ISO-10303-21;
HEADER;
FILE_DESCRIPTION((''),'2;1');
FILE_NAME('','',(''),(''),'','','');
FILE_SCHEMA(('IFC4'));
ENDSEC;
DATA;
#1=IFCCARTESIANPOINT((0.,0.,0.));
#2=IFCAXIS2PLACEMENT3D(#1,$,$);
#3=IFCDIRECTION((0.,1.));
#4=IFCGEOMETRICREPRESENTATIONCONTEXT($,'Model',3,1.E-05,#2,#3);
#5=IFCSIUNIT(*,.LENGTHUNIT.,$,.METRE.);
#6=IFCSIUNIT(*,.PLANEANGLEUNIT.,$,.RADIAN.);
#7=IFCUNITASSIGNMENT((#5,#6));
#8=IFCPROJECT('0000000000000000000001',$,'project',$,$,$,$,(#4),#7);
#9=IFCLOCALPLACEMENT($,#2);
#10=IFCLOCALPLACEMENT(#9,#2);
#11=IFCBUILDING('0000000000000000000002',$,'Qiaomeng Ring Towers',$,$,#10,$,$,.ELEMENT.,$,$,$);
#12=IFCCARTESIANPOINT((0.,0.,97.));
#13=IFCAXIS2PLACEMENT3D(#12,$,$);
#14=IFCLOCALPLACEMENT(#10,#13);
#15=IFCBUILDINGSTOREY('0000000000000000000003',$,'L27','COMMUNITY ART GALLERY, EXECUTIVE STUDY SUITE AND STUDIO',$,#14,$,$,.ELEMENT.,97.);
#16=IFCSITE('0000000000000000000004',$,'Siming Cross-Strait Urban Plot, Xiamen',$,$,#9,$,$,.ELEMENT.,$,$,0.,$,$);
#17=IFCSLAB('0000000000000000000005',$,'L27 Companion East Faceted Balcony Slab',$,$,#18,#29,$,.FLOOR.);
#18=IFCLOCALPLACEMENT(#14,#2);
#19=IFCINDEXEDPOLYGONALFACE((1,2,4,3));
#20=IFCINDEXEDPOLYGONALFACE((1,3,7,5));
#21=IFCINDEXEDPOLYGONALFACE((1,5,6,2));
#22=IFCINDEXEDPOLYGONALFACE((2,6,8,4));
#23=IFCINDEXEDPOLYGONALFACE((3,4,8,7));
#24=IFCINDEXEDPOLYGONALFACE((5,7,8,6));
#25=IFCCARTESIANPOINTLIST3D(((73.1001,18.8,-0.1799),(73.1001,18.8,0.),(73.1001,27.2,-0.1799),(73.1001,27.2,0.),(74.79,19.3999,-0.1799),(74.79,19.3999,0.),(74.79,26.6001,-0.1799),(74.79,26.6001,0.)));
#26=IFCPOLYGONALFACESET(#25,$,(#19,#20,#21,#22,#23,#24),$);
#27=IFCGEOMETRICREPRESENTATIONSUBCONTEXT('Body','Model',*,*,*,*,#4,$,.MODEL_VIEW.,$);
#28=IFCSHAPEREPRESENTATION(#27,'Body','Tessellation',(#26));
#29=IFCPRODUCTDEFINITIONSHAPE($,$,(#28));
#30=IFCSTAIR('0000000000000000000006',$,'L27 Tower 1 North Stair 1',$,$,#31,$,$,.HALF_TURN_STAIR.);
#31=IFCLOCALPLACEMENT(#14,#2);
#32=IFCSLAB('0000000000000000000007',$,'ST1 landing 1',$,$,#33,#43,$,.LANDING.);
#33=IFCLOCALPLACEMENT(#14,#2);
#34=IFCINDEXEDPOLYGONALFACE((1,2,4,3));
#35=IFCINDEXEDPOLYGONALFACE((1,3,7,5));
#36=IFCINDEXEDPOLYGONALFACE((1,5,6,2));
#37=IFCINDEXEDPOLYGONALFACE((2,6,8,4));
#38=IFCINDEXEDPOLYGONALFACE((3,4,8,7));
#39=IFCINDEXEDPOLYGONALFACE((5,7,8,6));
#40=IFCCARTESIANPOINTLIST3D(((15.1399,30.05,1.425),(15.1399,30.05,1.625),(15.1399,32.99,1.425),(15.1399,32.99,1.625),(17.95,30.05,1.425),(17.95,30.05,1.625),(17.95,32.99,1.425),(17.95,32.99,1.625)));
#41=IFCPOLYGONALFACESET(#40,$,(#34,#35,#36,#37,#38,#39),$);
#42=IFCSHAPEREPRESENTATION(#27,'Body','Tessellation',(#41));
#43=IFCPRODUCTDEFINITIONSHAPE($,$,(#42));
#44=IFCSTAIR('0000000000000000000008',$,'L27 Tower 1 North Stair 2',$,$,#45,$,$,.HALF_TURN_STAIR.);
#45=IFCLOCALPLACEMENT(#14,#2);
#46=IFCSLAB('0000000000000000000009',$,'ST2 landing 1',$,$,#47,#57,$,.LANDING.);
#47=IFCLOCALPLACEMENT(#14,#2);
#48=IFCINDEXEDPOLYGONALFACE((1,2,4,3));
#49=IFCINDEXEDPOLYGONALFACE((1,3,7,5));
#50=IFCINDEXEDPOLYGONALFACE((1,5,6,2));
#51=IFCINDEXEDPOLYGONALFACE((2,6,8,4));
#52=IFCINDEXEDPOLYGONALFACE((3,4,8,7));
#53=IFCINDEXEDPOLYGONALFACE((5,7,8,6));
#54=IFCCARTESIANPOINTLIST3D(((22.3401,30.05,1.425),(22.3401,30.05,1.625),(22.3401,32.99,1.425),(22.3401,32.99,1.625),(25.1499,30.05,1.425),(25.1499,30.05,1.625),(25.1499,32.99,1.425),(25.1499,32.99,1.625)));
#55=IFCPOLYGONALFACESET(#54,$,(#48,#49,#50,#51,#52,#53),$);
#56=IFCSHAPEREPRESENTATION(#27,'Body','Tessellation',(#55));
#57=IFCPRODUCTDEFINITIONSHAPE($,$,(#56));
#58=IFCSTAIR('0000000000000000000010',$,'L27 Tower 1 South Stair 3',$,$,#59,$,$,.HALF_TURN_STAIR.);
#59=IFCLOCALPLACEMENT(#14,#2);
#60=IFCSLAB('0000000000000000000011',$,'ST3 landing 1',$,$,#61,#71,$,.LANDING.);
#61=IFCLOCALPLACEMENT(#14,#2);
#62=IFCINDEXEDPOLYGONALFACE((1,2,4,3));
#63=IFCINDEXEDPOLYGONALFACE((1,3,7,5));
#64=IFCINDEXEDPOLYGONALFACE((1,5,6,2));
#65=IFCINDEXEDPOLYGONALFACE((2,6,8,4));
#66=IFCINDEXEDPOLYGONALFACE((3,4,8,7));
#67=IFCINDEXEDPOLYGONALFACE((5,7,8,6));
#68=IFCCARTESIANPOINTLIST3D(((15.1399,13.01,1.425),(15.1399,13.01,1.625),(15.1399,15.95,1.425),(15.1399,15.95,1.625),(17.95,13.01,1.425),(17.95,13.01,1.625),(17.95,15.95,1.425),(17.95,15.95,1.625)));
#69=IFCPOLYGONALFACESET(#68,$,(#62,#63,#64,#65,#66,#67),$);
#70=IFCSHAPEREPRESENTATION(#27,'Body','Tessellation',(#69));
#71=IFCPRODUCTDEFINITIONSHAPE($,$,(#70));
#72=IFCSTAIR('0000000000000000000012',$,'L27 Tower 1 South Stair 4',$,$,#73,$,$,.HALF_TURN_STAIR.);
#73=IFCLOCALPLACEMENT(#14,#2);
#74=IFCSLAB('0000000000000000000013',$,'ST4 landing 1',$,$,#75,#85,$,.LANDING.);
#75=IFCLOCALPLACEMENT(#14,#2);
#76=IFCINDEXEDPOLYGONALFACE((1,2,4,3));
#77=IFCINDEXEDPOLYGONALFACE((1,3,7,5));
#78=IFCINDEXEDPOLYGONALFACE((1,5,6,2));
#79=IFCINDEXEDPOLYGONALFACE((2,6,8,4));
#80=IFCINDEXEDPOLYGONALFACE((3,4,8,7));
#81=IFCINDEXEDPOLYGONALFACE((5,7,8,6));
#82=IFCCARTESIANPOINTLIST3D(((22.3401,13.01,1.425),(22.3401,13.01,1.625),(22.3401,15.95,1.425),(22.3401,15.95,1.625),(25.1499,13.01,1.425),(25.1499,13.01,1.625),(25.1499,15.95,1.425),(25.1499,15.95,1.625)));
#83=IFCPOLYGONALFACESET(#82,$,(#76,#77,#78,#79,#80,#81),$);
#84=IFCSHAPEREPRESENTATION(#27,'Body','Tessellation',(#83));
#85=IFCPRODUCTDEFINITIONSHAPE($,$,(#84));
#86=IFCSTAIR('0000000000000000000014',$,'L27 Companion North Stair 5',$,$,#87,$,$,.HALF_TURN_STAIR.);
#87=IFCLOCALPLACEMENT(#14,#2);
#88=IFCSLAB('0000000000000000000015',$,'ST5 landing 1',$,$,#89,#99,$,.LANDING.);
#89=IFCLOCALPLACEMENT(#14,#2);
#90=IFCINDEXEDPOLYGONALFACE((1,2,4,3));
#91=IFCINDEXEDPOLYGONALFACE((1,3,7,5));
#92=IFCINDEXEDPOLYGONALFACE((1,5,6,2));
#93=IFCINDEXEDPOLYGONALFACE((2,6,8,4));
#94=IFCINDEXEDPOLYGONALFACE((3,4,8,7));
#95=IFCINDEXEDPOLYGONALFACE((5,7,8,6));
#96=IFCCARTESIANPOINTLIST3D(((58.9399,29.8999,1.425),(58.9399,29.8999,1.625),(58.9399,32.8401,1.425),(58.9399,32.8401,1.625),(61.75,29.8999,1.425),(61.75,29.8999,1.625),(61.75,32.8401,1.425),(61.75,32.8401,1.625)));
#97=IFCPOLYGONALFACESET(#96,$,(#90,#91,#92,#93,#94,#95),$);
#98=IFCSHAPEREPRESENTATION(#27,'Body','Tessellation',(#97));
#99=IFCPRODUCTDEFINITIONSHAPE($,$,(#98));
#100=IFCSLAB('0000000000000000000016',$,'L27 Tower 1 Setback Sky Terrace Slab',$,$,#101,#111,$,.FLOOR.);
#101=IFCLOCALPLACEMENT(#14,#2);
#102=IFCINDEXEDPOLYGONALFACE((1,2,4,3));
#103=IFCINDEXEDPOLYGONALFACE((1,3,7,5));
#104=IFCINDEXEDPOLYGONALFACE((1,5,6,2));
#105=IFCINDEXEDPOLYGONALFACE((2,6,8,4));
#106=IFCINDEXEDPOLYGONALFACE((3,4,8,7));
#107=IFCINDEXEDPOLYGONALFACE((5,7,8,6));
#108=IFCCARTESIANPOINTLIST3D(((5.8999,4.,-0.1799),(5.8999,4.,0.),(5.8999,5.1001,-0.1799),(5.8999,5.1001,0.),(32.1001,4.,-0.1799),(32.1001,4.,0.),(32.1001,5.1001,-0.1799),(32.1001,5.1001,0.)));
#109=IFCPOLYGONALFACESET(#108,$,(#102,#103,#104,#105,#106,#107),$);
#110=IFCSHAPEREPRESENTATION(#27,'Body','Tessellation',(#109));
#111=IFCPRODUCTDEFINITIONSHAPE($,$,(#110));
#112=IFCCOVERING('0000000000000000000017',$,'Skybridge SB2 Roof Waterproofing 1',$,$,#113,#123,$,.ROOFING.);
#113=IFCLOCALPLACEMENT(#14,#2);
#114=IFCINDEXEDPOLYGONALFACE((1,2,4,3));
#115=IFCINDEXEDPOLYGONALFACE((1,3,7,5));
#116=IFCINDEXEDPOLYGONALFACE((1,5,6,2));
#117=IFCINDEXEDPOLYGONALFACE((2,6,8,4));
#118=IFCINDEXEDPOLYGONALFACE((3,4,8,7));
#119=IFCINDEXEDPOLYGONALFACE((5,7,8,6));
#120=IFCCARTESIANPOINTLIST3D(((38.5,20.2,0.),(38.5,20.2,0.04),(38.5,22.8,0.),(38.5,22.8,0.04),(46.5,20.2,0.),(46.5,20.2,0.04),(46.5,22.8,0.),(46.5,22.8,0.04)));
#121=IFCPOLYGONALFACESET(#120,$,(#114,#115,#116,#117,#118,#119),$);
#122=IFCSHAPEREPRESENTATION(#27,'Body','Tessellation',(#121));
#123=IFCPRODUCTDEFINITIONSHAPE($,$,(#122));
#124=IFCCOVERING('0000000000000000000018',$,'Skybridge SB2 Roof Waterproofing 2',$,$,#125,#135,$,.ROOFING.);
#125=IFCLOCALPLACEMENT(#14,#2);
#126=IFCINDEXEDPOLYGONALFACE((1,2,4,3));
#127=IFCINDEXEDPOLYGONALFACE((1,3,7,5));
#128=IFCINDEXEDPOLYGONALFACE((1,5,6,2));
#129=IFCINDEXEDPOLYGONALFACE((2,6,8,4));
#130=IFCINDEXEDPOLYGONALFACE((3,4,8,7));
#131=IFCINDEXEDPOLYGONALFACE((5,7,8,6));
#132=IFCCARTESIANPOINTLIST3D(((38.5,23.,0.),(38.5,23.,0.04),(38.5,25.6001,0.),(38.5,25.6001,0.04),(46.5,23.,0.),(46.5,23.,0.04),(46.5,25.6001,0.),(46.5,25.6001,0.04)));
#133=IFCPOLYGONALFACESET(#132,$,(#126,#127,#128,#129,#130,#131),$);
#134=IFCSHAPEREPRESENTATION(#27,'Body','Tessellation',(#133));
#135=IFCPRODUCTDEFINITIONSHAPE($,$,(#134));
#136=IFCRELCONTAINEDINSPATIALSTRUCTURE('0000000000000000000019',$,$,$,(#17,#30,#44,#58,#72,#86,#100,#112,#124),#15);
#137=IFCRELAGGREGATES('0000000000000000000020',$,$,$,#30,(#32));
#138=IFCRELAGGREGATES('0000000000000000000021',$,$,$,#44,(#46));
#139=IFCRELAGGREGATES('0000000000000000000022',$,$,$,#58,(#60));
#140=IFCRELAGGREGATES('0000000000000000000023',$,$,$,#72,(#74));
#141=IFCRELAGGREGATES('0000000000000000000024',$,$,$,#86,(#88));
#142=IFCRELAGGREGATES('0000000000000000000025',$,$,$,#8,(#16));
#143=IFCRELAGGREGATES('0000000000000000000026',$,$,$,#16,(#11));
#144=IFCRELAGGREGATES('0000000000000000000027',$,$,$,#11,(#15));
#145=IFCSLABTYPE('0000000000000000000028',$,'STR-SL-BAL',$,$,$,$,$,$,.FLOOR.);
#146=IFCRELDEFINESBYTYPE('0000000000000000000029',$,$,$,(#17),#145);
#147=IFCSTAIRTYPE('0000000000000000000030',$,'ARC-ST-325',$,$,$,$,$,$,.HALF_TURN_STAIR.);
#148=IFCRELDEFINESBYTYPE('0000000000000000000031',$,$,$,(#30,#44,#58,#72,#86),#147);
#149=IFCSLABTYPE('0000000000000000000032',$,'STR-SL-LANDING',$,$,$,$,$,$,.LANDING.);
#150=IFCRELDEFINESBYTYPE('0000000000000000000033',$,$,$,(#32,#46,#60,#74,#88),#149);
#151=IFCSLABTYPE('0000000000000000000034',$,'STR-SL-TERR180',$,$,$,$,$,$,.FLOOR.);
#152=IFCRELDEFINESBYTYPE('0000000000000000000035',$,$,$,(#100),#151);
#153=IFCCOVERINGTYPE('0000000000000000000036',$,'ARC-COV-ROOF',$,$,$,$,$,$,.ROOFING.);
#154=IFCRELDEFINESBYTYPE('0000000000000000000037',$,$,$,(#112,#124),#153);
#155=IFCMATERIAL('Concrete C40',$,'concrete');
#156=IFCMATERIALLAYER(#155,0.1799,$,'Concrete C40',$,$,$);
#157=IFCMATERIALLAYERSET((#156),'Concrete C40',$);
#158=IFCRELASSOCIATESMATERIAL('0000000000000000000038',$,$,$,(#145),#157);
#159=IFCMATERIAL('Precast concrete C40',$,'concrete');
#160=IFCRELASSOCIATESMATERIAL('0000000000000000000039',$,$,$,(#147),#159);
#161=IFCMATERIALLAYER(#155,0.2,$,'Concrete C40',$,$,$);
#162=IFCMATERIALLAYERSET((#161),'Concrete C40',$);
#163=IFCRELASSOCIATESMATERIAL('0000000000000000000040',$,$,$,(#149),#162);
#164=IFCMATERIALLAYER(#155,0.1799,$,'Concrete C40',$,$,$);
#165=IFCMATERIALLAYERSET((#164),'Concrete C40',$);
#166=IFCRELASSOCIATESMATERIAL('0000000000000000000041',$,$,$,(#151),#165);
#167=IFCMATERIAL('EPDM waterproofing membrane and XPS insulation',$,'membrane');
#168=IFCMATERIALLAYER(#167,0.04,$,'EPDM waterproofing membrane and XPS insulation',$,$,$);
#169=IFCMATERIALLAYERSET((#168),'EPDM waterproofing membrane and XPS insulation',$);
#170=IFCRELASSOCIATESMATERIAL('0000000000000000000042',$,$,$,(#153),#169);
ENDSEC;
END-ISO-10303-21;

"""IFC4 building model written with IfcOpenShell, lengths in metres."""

from ifc_helpers import new_model, si_unit, direction, frame, origin, place, context, subcontext, project, spatial, polyline, outline, extrude, material, layer, layer_set, type_object, element, aggregate, save


model = new_model("IFC4")

# Units and contexts
model_context = context("Model", 3, precision=1e-05, world=origin(), true_north=direction((0.0, 1.0)))
body_context = subcontext(model_context, "Body", "Model", "MODEL_VIEW")
ifc_project = project(units=[si_unit("LENGTHUNIT", "METRE"), si_unit("PLANEANGLEUNIT", "RADIAN")], contexts=[model_context])

# Site, building, storey
site_placement = place(None, origin())
site = spatial("IfcSite", under=ifc_project, at=site_placement, Name="Siming Cross-Strait Urban Plot, Xiamen", CompositionType="ELEMENT", RefElevation=0.0)
building_placement = place(site_placement, origin())
building = spatial("IfcBuilding", under=site, at=building_placement, Name="Qiaomeng Ring Towers", CompositionType="ELEMENT")
storey_placement = place(building_placement, frame((0.0, 0.0, 97.0)))
storey = spatial("IfcBuildingStorey", under=building, at=storey_placement, Name="L27", Description="COMMUNITY ART GALLERY, EXECUTIVE STUDY SUITE AND STUDIO", CompositionType="ELEMENT", Elevation=97.0)

# Slab
ifc_material_1 = material(Name="Concrete C40", Category="concrete")
ifc_layer_1 = layer(ifc_material_1, 0.1799, Name="Concrete C40")
ifc_layer_set_1 = layer_set([ifc_layer_1], Name="Concrete C40")
slab_type_1 = type_object("IfcSlabType", Name="STR-SL-BAL", PredefinedType="FLOOR", material=ifc_layer_set_1)
slab_1_placement = place(storey_placement, frame((0.0, 0.0, -0.1799)))
element("IfcSlab", 1, at=slab_1_placement, inside=storey, type_object=slab_type_1, Name="L27 Companion East Faceted Balcony Slab", PredefinedType="FLOOR", context=body_context, shape_type="SweptSolid", body=[
    extrude(outline(polyline([(74.79, 26.6001), (74.79, 19.3999), (73.1001, 18.8), (73.1001, 27.2), (74.79, 26.6001)])), origin(), (0.0, 0.0, 1.0), 0.1799),
])

# Stairs, slabs
ifc_material_2 = material(Name="Precast concrete C40", Category="concrete")
stair_type = type_object("IfcStairType", Name="ARC-ST-325", PredefinedType="HALF_TURN_STAIR", material=ifc_material_2)
stair_1_placement = place(storey_placement, origin())
stair_1 = element("IfcStair", 2, at=stair_1_placement, inside=storey, type_object=stair_type, Name="L27 Tower 1 North Stair 1", PredefinedType="HALF_TURN_STAIR")
ifc_layer_2 = layer(ifc_material_1, 0.2, Name="Concrete C40")
ifc_layer_set_2 = layer_set([ifc_layer_2], Name="Concrete C40")
slab_type_2 = type_object("IfcSlabType", Name="STR-SL-LANDING", PredefinedType="LANDING", material=ifc_layer_set_2)
slab_2_placement = place(storey_placement, frame((0.0, 0.0, 1.425)))
slab_2 = element("IfcSlab", 3, at=slab_2_placement, type_object=slab_type_2, Name="ST1 landing 1", PredefinedType="LANDING", context=body_context, shape_type="SweptSolid", body=[
    extrude(outline(polyline([(15.1399, 30.05), (17.95, 30.05), (17.95, 32.99), (15.1399, 32.99), (15.1399, 30.05)])), origin(), (0.0, 0.0, 1.0), 0.2),
])
aggregate(stair_1, [slab_2])
stair_2_placement = place(storey_placement, origin())
stair_2 = element("IfcStair", 4, at=stair_2_placement, inside=storey, type_object=stair_type, Name="L27 Tower 1 North Stair 2", PredefinedType="HALF_TURN_STAIR")
slab_3_placement = place(storey_placement, frame((0.0, 0.0, 1.425)))
slab_3 = element("IfcSlab", 5, at=slab_3_placement, type_object=slab_type_2, Name="ST2 landing 1", PredefinedType="LANDING", context=body_context, shape_type="SweptSolid", body=[
    extrude(outline(polyline([(22.3401, 30.05), (25.1499, 30.05), (25.1499, 32.99), (22.3401, 32.99), (22.3401, 30.05)])), origin(), (0.0, 0.0, 1.0), 0.2),
])
aggregate(stair_2, [slab_3])
stair_3_placement = place(storey_placement, origin())
stair_3 = element("IfcStair", 6, at=stair_3_placement, inside=storey, type_object=stair_type, Name="L27 Tower 1 South Stair 3", PredefinedType="HALF_TURN_STAIR")
slab_4_placement = place(storey_placement, frame((0.0, 0.0, 1.425)))
slab_4 = element("IfcSlab", 7, at=slab_4_placement, type_object=slab_type_2, Name="ST3 landing 1", PredefinedType="LANDING", context=body_context, shape_type="SweptSolid", body=[
    extrude(outline(polyline([(15.1399, 13.01), (17.95, 13.01), (17.95, 15.95), (15.1399, 15.95), (15.1399, 13.01)])), origin(), (0.0, 0.0, 1.0), 0.2),
])
aggregate(stair_3, [slab_4])
stair_4_placement = place(storey_placement, origin())
stair_4 = element("IfcStair", 8, at=stair_4_placement, inside=storey, type_object=stair_type, Name="L27 Tower 1 South Stair 4", PredefinedType="HALF_TURN_STAIR")
slab_5_placement = place(storey_placement, frame((0.0, 0.0, 1.425)))
slab_5 = element("IfcSlab", 9, at=slab_5_placement, type_object=slab_type_2, Name="ST4 landing 1", PredefinedType="LANDING", context=body_context, shape_type="SweptSolid", body=[
    extrude(outline(polyline([(22.3401, 13.01), (25.1499, 13.01), (25.1499, 15.95), (22.3401, 15.95), (22.3401, 13.01)])), origin(), (0.0, 0.0, 1.0), 0.2),
])
aggregate(stair_4, [slab_5])
stair_5_placement = place(storey_placement, origin())
stair_5 = element("IfcStair", 10, at=stair_5_placement, inside=storey, type_object=stair_type, Name="L27 Companion North Stair 5", PredefinedType="HALF_TURN_STAIR")
slab_6_placement = place(storey_placement, frame((0.0, 0.0, 1.425)))
slab_6 = element("IfcSlab", 11, at=slab_6_placement, type_object=slab_type_2, Name="ST5 landing 1", PredefinedType="LANDING", context=body_context, shape_type="SweptSolid", body=[
    extrude(outline(polyline([(58.9399, 29.8999), (61.75, 29.8999), (61.75, 32.8401), (58.9399, 32.8401), (58.9399, 29.8999)])), origin(), (0.0, 0.0, 1.0), 0.2),
])
aggregate(stair_5, [slab_6])

# Slab
ifc_layer_3 = layer(ifc_material_1, 0.1799, Name="Concrete C40")
ifc_layer_set_3 = layer_set([ifc_layer_3], Name="Concrete C40")
slab_type_3 = type_object("IfcSlabType", Name="STR-SL-TERR180", PredefinedType="FLOOR", material=ifc_layer_set_3)
slab_7_placement = place(storey_placement, frame((0.0, 0.0, -0.1799)))
element("IfcSlab", 12, at=slab_7_placement, inside=storey, type_object=slab_type_3, Name="L27 Tower 1 Setback Sky Terrace Slab", PredefinedType="FLOOR", context=body_context, shape_type="SweptSolid", body=[
    extrude(outline(polyline([(32.1001, 4.0), (5.8999, 4.0), (5.8999, 5.1001), (32.1001, 5.1001), (32.1001, 4.0)])), origin(), (0.0, 0.0, 1.0), 0.1799),
])

# Coverings
ifc_material_3 = material(Name="EPDM waterproofing membrane and XPS insulation", Category="membrane")
ifc_layer_4 = layer(ifc_material_3, 0.04, Name="EPDM waterproofing membrane and XPS insulation")
ifc_layer_set_4 = layer_set([ifc_layer_4], Name="EPDM waterproofing membrane and XPS insulation")
covering_type = type_object("IfcCoveringType", Name="ARC-COV-ROOF", PredefinedType="ROOFING", material=ifc_layer_set_4)
covering_1_placement = place(storey_placement, origin())
element("IfcCovering", 13, at=covering_1_placement, inside=storey, type_object=covering_type, Name="Skybridge SB2 Roof Waterproofing 1", PredefinedType="ROOFING", context=body_context, shape_type="SweptSolid", body=[
    extrude(outline(polyline([(38.5, 20.2), (46.5, 20.2), (46.5, 22.8), (38.5, 22.8), (38.5, 20.2)])), origin(), (0.0, 0.0, 1.0), 0.04),
])
covering_2_placement = place(storey_placement, origin())
element("IfcCovering", 14, at=covering_2_placement, inside=storey, type_object=covering_type, Name="Skybridge SB2 Roof Waterproofing 2", PredefinedType="ROOFING", context=body_context, shape_type="SweptSolid", body=[
    extrude(outline(polyline([(38.5, 23.0), (46.5, 23.0), (46.5, 25.6001), (38.5, 25.6001), (38.5, 23.0)])), origin(), (0.0, 0.0, 1.0), 0.04),
])

save(model, "model.ifc")
